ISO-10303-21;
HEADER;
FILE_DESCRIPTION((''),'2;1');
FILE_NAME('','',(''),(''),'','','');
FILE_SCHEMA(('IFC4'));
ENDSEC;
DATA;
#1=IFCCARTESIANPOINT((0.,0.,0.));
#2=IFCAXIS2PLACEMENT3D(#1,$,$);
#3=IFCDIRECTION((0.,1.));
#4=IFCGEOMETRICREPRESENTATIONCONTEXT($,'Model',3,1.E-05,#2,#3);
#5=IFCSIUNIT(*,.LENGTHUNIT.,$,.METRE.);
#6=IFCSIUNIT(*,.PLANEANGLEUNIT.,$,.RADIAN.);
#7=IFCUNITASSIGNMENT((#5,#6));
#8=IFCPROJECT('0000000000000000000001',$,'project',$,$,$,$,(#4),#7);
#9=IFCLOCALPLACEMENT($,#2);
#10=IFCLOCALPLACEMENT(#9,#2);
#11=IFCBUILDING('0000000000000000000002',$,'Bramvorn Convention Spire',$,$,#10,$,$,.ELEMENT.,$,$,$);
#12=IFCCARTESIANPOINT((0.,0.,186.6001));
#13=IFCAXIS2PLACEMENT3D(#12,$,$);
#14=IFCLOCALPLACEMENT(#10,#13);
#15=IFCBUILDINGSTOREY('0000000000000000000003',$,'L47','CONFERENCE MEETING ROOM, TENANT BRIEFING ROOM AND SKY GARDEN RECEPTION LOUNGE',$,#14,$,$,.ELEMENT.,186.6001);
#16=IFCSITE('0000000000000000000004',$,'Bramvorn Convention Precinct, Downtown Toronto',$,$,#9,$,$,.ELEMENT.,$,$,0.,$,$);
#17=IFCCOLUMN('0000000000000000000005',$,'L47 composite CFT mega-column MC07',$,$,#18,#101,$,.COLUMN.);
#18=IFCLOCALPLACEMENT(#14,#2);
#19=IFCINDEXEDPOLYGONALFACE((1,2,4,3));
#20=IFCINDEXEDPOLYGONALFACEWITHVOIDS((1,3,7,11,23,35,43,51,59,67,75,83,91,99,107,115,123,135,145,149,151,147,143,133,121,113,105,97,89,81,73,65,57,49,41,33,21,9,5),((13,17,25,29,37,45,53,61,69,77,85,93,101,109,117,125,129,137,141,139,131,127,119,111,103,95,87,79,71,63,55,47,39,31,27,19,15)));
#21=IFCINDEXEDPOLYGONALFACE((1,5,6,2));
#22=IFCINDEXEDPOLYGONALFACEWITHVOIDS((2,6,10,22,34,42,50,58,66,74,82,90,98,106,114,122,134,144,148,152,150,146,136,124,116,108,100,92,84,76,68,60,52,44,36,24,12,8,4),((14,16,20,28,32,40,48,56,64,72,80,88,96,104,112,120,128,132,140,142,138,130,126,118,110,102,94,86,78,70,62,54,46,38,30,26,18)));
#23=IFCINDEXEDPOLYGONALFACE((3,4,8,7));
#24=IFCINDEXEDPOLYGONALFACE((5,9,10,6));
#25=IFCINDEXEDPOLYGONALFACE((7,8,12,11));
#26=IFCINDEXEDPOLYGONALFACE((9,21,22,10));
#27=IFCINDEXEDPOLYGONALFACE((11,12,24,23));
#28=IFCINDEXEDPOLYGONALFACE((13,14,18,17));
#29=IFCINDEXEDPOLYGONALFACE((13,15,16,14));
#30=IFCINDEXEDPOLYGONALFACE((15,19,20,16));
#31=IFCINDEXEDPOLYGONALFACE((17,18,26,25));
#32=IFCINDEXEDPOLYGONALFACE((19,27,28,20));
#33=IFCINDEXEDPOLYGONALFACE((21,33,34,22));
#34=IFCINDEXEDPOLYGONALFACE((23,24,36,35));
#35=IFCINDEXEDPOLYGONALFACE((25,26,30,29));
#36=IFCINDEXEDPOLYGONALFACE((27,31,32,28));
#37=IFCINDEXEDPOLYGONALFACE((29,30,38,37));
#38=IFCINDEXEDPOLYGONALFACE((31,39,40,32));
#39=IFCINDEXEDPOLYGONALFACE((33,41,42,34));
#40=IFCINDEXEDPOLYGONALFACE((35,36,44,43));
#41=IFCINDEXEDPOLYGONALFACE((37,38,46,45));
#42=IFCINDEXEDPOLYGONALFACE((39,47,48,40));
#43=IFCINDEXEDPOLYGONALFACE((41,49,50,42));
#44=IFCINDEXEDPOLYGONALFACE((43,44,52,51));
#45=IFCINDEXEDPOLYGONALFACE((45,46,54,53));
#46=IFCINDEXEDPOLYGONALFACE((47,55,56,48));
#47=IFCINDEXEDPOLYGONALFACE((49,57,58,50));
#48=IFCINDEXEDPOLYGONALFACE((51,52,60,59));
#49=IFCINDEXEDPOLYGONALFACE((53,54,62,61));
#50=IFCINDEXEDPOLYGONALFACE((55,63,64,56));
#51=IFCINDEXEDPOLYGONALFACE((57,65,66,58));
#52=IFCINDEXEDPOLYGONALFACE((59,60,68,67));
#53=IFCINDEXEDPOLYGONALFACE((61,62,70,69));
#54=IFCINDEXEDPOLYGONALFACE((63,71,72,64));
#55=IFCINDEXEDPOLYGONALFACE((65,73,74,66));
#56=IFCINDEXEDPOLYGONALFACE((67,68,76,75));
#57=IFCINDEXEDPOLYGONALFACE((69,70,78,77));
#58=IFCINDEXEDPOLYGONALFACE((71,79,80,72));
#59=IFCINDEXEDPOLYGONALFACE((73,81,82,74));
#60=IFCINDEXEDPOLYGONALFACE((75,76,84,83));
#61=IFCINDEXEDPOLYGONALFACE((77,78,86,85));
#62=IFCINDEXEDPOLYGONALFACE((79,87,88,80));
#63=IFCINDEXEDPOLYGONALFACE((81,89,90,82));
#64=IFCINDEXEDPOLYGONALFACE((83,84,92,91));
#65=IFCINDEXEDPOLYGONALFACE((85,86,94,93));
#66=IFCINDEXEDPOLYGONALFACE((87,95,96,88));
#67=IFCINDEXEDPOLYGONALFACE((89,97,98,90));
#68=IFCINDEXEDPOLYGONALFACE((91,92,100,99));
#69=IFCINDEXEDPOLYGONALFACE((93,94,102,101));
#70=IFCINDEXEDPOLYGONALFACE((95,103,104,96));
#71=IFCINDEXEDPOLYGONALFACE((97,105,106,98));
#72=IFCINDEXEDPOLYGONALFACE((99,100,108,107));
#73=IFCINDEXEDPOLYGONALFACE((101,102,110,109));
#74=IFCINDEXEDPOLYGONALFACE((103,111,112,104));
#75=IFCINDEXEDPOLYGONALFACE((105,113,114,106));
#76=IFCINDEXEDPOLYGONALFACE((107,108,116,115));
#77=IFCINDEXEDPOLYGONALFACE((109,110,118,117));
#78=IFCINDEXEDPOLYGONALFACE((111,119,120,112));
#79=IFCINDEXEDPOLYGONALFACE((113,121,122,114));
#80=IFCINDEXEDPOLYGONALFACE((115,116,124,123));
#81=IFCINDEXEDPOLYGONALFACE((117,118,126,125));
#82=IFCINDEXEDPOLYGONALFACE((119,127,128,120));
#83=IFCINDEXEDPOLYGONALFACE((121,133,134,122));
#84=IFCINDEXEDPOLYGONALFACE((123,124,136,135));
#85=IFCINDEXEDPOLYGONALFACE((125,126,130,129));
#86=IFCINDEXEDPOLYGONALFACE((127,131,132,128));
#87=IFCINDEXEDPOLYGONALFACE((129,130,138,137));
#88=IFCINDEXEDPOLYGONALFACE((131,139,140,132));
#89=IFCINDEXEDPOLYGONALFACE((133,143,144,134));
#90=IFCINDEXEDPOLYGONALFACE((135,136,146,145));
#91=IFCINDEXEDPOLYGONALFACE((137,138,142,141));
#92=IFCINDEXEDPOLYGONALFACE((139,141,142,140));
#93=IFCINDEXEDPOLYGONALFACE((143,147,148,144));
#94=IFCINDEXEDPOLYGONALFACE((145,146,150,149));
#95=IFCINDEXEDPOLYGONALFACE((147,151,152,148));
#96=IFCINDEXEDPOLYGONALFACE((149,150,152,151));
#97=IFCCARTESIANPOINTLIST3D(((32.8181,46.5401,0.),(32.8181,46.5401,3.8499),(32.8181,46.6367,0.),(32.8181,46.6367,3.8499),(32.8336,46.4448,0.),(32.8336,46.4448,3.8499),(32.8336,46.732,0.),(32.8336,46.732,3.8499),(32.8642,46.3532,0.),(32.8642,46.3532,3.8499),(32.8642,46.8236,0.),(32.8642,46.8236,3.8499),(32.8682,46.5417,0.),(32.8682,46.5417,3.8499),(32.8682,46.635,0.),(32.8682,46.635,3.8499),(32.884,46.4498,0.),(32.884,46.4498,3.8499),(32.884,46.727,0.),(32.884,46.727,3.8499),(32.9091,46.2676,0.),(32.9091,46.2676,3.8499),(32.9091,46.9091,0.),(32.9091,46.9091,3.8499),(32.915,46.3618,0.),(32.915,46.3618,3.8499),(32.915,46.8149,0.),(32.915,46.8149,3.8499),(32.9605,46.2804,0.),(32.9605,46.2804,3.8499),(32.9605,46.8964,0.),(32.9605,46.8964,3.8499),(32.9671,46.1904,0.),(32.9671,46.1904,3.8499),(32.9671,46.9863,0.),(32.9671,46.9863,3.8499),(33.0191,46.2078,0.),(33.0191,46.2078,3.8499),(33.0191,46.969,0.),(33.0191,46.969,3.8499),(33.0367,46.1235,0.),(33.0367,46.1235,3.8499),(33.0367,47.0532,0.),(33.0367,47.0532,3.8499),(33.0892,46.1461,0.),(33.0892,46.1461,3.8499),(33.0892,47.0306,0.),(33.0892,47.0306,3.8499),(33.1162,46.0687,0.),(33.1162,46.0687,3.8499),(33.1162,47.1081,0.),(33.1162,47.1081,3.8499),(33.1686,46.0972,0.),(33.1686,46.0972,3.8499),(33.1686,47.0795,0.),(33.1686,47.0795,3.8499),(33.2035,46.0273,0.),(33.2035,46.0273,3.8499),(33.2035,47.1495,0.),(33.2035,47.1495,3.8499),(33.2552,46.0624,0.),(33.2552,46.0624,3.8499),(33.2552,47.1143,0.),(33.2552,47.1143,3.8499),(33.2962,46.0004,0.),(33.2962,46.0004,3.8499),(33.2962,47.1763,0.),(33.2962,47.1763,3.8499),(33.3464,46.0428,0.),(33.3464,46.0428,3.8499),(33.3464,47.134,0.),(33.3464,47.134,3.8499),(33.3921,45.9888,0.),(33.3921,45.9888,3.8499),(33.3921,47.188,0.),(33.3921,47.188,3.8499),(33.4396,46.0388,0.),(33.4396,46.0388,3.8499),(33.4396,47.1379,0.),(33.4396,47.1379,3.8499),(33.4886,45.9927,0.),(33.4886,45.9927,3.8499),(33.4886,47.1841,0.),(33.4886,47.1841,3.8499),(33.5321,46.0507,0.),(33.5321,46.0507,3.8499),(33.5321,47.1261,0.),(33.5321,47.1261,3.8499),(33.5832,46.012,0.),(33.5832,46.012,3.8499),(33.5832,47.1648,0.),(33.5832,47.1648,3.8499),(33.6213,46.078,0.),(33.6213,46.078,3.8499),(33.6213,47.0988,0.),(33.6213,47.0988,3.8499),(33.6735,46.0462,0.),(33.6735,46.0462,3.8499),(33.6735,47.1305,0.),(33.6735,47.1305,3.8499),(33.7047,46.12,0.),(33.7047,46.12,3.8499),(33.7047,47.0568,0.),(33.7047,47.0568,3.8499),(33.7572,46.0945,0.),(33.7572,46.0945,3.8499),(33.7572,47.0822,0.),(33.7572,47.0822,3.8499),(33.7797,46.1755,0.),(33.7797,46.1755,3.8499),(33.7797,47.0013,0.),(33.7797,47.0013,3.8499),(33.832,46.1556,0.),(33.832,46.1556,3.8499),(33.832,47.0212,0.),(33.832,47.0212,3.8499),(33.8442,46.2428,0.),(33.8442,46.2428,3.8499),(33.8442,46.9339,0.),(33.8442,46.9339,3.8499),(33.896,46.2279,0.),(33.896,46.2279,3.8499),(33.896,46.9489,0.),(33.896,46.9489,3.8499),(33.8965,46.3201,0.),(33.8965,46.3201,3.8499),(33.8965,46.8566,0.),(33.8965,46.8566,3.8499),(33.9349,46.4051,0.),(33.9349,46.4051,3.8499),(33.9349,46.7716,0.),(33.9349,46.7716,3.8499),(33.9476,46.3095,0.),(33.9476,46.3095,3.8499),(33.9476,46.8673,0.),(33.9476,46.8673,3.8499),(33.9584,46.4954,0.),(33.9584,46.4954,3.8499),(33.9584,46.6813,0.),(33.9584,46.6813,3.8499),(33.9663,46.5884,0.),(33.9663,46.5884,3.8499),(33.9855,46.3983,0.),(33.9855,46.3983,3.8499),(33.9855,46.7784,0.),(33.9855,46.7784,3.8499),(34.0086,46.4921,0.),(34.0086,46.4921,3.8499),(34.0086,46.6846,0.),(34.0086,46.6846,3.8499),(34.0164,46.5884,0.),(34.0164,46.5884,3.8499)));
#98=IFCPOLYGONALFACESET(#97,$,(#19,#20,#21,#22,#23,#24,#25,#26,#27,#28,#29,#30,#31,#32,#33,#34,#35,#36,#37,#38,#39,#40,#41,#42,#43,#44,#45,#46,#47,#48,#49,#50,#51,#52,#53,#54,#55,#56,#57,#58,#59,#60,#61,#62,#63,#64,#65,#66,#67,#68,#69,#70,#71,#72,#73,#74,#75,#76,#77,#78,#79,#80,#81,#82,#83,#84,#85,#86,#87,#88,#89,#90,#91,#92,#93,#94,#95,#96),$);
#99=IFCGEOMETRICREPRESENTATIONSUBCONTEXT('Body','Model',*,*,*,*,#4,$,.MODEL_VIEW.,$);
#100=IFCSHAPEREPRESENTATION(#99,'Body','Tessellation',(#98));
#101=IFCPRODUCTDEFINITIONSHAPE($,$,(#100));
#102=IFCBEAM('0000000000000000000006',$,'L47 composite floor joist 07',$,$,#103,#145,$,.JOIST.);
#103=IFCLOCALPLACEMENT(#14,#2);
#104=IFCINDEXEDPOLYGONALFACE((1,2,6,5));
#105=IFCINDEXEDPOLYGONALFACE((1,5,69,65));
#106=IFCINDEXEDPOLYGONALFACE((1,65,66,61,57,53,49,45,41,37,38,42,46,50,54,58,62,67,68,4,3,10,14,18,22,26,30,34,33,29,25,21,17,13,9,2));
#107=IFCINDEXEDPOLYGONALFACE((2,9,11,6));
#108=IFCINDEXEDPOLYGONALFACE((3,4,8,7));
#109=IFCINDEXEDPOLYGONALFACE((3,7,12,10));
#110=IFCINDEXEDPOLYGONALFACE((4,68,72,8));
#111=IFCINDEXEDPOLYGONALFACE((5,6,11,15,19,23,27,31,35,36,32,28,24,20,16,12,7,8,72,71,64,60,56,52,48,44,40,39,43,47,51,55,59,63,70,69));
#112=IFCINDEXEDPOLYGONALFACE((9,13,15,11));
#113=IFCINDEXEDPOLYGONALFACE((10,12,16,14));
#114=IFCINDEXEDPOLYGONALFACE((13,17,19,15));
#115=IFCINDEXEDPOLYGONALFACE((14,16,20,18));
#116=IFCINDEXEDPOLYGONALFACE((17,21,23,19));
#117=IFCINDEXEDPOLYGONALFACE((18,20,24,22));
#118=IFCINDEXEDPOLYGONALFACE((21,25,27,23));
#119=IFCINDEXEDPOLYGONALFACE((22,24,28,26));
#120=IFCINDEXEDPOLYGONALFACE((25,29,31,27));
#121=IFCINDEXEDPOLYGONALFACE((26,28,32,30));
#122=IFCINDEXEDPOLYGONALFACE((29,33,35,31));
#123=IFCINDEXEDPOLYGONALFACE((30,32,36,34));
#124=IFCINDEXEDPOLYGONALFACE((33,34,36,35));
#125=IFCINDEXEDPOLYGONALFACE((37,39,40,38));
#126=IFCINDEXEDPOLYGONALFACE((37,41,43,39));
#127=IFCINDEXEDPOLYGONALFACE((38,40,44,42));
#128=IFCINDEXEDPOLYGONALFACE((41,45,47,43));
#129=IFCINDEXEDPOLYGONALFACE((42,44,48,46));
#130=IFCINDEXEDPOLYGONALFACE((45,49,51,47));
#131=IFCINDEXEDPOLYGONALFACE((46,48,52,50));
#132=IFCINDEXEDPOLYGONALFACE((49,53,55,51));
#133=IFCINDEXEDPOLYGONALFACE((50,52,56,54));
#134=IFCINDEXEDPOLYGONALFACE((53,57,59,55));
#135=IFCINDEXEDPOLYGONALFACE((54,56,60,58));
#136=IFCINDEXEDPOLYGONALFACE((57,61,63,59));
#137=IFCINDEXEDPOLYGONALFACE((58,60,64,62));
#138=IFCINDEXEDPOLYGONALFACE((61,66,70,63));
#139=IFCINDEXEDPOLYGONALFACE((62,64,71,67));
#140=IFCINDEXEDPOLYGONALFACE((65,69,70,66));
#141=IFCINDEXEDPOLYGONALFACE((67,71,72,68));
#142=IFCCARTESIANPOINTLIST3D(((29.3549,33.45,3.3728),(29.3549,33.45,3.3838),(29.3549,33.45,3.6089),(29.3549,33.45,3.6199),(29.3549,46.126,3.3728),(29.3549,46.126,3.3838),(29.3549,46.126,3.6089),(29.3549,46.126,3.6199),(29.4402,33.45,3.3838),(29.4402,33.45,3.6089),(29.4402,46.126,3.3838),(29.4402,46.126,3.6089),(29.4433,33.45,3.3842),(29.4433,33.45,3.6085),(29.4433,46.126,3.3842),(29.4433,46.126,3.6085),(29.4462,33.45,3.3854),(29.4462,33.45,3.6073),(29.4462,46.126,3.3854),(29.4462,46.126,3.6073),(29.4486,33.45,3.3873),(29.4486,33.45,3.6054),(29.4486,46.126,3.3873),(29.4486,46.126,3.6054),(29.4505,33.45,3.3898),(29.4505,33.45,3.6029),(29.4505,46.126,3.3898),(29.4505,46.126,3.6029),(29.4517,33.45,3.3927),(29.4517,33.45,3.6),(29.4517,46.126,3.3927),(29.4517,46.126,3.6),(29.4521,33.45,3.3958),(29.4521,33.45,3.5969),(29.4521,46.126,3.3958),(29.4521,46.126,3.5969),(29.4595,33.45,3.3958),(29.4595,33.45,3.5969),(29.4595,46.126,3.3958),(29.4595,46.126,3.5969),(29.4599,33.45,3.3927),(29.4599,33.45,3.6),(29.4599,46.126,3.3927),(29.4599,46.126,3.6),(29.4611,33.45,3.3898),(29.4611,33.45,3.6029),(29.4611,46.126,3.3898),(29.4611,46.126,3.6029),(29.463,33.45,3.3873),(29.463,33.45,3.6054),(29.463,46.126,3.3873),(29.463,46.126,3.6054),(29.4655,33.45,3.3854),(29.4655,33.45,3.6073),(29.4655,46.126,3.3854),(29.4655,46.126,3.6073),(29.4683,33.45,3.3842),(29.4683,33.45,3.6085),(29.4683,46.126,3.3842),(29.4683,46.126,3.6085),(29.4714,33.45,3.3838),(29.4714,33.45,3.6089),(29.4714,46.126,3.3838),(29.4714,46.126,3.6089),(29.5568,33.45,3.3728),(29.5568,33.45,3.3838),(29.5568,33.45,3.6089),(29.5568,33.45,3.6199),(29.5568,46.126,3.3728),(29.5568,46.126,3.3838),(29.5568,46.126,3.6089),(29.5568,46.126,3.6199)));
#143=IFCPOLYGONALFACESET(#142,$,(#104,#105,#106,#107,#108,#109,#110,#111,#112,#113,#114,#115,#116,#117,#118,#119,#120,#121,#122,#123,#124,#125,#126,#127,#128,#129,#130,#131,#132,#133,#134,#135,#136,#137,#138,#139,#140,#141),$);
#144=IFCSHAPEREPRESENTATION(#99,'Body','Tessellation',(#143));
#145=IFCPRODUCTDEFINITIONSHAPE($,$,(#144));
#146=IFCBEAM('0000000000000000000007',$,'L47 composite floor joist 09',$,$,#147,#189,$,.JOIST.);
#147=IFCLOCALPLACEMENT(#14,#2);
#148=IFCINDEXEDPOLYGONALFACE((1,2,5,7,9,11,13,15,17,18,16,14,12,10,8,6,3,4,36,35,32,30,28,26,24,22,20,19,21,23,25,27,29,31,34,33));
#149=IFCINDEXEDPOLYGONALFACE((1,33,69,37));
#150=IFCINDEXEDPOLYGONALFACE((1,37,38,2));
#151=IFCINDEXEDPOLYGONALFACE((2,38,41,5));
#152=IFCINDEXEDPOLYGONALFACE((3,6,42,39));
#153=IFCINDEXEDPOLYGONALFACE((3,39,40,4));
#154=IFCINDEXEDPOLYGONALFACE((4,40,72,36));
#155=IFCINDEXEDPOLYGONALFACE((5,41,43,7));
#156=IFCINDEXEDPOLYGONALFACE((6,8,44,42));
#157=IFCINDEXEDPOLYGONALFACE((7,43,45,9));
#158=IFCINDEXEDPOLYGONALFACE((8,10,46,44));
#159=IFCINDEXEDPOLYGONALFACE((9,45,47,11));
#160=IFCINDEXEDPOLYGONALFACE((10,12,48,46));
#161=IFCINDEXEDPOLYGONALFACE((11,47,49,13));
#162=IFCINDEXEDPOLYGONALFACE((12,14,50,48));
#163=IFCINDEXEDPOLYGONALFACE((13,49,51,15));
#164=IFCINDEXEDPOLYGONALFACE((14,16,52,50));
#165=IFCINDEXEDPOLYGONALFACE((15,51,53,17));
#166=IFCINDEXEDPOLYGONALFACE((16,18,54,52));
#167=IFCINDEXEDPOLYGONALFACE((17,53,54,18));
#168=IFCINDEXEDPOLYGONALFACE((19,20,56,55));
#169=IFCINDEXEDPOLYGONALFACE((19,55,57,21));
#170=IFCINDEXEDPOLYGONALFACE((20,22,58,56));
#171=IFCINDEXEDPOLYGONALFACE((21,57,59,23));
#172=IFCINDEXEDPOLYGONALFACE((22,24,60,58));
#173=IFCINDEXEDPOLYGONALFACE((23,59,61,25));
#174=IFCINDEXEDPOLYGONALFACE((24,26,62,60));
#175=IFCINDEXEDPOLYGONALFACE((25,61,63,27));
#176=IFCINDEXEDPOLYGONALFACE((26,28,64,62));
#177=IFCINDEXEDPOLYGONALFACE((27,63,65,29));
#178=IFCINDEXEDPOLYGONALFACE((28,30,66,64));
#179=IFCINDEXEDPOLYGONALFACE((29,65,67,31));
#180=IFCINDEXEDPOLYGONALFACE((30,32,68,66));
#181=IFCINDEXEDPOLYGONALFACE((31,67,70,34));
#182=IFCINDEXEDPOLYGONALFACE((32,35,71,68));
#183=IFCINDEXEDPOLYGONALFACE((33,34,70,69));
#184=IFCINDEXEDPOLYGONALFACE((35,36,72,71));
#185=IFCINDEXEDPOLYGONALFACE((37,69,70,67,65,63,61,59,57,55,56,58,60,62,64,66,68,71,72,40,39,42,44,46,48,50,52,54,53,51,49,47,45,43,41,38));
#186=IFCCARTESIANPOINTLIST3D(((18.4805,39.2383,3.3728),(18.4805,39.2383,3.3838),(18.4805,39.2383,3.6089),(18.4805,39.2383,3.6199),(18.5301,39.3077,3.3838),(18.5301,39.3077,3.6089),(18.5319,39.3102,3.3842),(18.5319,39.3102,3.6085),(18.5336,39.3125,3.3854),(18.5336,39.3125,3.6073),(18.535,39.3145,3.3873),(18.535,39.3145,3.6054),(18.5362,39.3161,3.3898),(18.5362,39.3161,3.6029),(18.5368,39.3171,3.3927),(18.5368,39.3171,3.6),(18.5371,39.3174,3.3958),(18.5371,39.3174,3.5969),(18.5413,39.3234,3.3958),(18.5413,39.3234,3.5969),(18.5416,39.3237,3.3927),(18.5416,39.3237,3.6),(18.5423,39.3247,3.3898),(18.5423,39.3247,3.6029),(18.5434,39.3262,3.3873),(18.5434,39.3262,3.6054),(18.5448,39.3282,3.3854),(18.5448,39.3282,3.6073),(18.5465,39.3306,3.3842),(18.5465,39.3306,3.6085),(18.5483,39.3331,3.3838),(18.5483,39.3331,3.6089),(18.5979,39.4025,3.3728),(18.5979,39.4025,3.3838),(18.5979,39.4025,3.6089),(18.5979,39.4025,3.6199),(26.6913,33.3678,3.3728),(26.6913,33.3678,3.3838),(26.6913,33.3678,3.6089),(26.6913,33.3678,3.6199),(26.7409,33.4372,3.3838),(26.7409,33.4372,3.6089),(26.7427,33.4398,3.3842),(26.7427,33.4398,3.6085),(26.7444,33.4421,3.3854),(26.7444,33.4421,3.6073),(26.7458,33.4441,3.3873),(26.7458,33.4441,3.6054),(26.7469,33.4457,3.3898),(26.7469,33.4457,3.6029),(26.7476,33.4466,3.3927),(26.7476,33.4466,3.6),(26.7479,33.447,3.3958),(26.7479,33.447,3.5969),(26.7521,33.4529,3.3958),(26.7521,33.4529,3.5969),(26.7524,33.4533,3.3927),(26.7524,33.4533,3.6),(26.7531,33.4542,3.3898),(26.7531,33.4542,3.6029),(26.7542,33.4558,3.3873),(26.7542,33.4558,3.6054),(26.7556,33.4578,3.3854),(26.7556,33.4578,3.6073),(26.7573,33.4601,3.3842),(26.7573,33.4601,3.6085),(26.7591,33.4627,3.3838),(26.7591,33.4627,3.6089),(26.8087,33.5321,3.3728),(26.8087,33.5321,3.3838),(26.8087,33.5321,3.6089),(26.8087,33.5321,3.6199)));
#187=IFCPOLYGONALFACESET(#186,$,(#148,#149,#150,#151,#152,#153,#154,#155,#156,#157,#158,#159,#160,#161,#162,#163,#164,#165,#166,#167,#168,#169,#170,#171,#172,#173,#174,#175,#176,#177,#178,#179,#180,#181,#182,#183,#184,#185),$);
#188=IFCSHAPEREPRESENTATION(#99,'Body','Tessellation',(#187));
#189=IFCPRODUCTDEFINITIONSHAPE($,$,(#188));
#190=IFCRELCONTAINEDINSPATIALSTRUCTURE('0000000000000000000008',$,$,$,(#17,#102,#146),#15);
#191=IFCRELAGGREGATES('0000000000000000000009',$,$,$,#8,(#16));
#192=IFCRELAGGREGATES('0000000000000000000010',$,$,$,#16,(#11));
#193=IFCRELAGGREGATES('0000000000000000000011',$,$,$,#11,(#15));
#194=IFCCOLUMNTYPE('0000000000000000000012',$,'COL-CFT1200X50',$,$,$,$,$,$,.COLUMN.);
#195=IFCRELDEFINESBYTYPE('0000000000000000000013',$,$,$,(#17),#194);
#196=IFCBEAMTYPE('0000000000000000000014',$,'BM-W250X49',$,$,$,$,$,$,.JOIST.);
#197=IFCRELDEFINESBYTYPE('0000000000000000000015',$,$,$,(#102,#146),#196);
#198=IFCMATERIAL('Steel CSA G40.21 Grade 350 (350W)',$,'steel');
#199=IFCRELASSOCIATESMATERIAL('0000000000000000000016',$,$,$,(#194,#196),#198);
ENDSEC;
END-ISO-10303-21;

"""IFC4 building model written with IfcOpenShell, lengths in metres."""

from ifc_helpers import new_model, si_unit, direction, frame, origin, origin_2d, place, context, subcontext, project, spatial, hollow_circle, i_section, extrude, material, material_profile, profile_set, type_object, element, save


model = new_model("IFC4")

# Units and contexts
model_context = context("Model", 3, precision=1e-05, world=origin(), true_north=direction((0.0, 1.0)))
body_context = subcontext(model_context, "Body", "Model", "MODEL_VIEW")
ifc_project = project(units=[si_unit("LENGTHUNIT", "METRE"), si_unit("PLANEANGLEUNIT", "RADIAN")], contexts=[model_context])

# Site, building, storey
site_placement = place(None, origin())
site = spatial("IfcSite", under=ifc_project, at=site_placement, Name="Bramvorn Convention Precinct, Downtown Toronto", CompositionType="ELEMENT", RefElevation=0.0)
building_placement = place(site_placement, origin())
building = spatial("IfcBuilding", under=site, at=building_placement, Name="Bramvorn Convention Spire", CompositionType="ELEMENT")
storey_placement = place(building_placement, frame((0.0, 0.0, 186.6001)))
storey = spatial("IfcBuildingStorey", under=building, at=storey_placement, Name="L47", Description="CONFERENCE MEETING ROOM, TENANT BRIEFING ROOM AND SKY GARDEN RECEPTION LOUNGE", CompositionType="ELEMENT", Elevation=186.6001)

# Column
ifc_material_1 = material(Name="Steel CSA G40.21 Grade 350 (350W)", Category="steel")
ifc_material_profile_1 = material_profile(ifc_material_1, hollow_circle(Radius=0.6001, WallThickness=0.05, at=origin_2d()))
ifc_profile_set_1 = profile_set([ifc_material_profile_1], Name="Steel CSA G40.21 Grade 350 (350W) - CFT1200X50")
column_type = type_object("IfcColumnType", Name="COL-CFT1200X50", PredefinedType="COLUMN", material=ifc_profile_set_1)
column_placement = place(storey_placement, frame((33.4163, 46.5884, 0.0), z_axis=(0.0, 0.0, 1.0), x_axis=(1.0, 0.0, 0.0)))
element("IfcColumn", 1, at=column_placement, inside=storey, type_object=column_type, Name="L47 composite CFT mega-column MC07", PredefinedType="COLUMN", context=body_context, shape_type="SweptSolid", body=[
    extrude(hollow_circle(Radius=0.6001, WallThickness=0.05, at=origin_2d()), origin(), (0.0, 0.0, 1.0), 3.8499),
])

# Beams
ifc_material_profile_2 = material_profile(ifc_material_1, i_section(OverallWidth=0.2019, OverallDepth=0.2471, WebThickness=0.0073, FlangeThickness=0.011, FilletRadius=0.012, at=origin_2d()))
ifc_profile_set_2 = profile_set([ifc_material_profile_2], Name="Steel CSA G40.21 Grade 350 (350W) - W250X49")
beam_type_1 = type_object("IfcBeamType", Name="BM-W250X49", PredefinedType="JOIST", material=ifc_profile_set_2)
beam_1_placement = place(storey_placement, frame((29.4558, 33.45, 3.4963), z_axis=(0.0, 1.0, 0.0), x_axis=(-1.0, 0.0, 0.0)))
element("IfcBeam", 2, at=beam_1_placement, inside=storey, type_object=beam_type_1, Name="L47 composite floor joist 07", PredefinedType="JOIST", context=body_context, shape_type="SweptSolid", body=[
    extrude(i_section(OverallWidth=0.2019, OverallDepth=0.2471, WebThickness=0.0073, FlangeThickness=0.011, FilletRadius=0.012, at=origin_2d()), origin(), (0.0, 0.0, 1.0), 12.676),
])
beam_2_placement = place(storey_placement, frame((26.75, 33.45, 3.4963), z_axis=(-0.813472, 0.581604, 0.0), x_axis=(-0.581604, -0.813472, 0.0)))
element("IfcBeam", 3, at=beam_2_placement, inside=storey, type_object=beam_type_1, Name="L47 composite floor joist 09", PredefinedType="JOIST", context=body_context, shape_type="SweptSolid", body=[
    extrude(i_section(OverallWidth=0.2019, OverallDepth=0.2471, WebThickness=0.0073, FlangeThickness=0.011, FilletRadius=0.012, at=origin_2d()), origin(), (0.0, 0.0, 1.0), 10.0935),
])

save(model, "model.ifc")
